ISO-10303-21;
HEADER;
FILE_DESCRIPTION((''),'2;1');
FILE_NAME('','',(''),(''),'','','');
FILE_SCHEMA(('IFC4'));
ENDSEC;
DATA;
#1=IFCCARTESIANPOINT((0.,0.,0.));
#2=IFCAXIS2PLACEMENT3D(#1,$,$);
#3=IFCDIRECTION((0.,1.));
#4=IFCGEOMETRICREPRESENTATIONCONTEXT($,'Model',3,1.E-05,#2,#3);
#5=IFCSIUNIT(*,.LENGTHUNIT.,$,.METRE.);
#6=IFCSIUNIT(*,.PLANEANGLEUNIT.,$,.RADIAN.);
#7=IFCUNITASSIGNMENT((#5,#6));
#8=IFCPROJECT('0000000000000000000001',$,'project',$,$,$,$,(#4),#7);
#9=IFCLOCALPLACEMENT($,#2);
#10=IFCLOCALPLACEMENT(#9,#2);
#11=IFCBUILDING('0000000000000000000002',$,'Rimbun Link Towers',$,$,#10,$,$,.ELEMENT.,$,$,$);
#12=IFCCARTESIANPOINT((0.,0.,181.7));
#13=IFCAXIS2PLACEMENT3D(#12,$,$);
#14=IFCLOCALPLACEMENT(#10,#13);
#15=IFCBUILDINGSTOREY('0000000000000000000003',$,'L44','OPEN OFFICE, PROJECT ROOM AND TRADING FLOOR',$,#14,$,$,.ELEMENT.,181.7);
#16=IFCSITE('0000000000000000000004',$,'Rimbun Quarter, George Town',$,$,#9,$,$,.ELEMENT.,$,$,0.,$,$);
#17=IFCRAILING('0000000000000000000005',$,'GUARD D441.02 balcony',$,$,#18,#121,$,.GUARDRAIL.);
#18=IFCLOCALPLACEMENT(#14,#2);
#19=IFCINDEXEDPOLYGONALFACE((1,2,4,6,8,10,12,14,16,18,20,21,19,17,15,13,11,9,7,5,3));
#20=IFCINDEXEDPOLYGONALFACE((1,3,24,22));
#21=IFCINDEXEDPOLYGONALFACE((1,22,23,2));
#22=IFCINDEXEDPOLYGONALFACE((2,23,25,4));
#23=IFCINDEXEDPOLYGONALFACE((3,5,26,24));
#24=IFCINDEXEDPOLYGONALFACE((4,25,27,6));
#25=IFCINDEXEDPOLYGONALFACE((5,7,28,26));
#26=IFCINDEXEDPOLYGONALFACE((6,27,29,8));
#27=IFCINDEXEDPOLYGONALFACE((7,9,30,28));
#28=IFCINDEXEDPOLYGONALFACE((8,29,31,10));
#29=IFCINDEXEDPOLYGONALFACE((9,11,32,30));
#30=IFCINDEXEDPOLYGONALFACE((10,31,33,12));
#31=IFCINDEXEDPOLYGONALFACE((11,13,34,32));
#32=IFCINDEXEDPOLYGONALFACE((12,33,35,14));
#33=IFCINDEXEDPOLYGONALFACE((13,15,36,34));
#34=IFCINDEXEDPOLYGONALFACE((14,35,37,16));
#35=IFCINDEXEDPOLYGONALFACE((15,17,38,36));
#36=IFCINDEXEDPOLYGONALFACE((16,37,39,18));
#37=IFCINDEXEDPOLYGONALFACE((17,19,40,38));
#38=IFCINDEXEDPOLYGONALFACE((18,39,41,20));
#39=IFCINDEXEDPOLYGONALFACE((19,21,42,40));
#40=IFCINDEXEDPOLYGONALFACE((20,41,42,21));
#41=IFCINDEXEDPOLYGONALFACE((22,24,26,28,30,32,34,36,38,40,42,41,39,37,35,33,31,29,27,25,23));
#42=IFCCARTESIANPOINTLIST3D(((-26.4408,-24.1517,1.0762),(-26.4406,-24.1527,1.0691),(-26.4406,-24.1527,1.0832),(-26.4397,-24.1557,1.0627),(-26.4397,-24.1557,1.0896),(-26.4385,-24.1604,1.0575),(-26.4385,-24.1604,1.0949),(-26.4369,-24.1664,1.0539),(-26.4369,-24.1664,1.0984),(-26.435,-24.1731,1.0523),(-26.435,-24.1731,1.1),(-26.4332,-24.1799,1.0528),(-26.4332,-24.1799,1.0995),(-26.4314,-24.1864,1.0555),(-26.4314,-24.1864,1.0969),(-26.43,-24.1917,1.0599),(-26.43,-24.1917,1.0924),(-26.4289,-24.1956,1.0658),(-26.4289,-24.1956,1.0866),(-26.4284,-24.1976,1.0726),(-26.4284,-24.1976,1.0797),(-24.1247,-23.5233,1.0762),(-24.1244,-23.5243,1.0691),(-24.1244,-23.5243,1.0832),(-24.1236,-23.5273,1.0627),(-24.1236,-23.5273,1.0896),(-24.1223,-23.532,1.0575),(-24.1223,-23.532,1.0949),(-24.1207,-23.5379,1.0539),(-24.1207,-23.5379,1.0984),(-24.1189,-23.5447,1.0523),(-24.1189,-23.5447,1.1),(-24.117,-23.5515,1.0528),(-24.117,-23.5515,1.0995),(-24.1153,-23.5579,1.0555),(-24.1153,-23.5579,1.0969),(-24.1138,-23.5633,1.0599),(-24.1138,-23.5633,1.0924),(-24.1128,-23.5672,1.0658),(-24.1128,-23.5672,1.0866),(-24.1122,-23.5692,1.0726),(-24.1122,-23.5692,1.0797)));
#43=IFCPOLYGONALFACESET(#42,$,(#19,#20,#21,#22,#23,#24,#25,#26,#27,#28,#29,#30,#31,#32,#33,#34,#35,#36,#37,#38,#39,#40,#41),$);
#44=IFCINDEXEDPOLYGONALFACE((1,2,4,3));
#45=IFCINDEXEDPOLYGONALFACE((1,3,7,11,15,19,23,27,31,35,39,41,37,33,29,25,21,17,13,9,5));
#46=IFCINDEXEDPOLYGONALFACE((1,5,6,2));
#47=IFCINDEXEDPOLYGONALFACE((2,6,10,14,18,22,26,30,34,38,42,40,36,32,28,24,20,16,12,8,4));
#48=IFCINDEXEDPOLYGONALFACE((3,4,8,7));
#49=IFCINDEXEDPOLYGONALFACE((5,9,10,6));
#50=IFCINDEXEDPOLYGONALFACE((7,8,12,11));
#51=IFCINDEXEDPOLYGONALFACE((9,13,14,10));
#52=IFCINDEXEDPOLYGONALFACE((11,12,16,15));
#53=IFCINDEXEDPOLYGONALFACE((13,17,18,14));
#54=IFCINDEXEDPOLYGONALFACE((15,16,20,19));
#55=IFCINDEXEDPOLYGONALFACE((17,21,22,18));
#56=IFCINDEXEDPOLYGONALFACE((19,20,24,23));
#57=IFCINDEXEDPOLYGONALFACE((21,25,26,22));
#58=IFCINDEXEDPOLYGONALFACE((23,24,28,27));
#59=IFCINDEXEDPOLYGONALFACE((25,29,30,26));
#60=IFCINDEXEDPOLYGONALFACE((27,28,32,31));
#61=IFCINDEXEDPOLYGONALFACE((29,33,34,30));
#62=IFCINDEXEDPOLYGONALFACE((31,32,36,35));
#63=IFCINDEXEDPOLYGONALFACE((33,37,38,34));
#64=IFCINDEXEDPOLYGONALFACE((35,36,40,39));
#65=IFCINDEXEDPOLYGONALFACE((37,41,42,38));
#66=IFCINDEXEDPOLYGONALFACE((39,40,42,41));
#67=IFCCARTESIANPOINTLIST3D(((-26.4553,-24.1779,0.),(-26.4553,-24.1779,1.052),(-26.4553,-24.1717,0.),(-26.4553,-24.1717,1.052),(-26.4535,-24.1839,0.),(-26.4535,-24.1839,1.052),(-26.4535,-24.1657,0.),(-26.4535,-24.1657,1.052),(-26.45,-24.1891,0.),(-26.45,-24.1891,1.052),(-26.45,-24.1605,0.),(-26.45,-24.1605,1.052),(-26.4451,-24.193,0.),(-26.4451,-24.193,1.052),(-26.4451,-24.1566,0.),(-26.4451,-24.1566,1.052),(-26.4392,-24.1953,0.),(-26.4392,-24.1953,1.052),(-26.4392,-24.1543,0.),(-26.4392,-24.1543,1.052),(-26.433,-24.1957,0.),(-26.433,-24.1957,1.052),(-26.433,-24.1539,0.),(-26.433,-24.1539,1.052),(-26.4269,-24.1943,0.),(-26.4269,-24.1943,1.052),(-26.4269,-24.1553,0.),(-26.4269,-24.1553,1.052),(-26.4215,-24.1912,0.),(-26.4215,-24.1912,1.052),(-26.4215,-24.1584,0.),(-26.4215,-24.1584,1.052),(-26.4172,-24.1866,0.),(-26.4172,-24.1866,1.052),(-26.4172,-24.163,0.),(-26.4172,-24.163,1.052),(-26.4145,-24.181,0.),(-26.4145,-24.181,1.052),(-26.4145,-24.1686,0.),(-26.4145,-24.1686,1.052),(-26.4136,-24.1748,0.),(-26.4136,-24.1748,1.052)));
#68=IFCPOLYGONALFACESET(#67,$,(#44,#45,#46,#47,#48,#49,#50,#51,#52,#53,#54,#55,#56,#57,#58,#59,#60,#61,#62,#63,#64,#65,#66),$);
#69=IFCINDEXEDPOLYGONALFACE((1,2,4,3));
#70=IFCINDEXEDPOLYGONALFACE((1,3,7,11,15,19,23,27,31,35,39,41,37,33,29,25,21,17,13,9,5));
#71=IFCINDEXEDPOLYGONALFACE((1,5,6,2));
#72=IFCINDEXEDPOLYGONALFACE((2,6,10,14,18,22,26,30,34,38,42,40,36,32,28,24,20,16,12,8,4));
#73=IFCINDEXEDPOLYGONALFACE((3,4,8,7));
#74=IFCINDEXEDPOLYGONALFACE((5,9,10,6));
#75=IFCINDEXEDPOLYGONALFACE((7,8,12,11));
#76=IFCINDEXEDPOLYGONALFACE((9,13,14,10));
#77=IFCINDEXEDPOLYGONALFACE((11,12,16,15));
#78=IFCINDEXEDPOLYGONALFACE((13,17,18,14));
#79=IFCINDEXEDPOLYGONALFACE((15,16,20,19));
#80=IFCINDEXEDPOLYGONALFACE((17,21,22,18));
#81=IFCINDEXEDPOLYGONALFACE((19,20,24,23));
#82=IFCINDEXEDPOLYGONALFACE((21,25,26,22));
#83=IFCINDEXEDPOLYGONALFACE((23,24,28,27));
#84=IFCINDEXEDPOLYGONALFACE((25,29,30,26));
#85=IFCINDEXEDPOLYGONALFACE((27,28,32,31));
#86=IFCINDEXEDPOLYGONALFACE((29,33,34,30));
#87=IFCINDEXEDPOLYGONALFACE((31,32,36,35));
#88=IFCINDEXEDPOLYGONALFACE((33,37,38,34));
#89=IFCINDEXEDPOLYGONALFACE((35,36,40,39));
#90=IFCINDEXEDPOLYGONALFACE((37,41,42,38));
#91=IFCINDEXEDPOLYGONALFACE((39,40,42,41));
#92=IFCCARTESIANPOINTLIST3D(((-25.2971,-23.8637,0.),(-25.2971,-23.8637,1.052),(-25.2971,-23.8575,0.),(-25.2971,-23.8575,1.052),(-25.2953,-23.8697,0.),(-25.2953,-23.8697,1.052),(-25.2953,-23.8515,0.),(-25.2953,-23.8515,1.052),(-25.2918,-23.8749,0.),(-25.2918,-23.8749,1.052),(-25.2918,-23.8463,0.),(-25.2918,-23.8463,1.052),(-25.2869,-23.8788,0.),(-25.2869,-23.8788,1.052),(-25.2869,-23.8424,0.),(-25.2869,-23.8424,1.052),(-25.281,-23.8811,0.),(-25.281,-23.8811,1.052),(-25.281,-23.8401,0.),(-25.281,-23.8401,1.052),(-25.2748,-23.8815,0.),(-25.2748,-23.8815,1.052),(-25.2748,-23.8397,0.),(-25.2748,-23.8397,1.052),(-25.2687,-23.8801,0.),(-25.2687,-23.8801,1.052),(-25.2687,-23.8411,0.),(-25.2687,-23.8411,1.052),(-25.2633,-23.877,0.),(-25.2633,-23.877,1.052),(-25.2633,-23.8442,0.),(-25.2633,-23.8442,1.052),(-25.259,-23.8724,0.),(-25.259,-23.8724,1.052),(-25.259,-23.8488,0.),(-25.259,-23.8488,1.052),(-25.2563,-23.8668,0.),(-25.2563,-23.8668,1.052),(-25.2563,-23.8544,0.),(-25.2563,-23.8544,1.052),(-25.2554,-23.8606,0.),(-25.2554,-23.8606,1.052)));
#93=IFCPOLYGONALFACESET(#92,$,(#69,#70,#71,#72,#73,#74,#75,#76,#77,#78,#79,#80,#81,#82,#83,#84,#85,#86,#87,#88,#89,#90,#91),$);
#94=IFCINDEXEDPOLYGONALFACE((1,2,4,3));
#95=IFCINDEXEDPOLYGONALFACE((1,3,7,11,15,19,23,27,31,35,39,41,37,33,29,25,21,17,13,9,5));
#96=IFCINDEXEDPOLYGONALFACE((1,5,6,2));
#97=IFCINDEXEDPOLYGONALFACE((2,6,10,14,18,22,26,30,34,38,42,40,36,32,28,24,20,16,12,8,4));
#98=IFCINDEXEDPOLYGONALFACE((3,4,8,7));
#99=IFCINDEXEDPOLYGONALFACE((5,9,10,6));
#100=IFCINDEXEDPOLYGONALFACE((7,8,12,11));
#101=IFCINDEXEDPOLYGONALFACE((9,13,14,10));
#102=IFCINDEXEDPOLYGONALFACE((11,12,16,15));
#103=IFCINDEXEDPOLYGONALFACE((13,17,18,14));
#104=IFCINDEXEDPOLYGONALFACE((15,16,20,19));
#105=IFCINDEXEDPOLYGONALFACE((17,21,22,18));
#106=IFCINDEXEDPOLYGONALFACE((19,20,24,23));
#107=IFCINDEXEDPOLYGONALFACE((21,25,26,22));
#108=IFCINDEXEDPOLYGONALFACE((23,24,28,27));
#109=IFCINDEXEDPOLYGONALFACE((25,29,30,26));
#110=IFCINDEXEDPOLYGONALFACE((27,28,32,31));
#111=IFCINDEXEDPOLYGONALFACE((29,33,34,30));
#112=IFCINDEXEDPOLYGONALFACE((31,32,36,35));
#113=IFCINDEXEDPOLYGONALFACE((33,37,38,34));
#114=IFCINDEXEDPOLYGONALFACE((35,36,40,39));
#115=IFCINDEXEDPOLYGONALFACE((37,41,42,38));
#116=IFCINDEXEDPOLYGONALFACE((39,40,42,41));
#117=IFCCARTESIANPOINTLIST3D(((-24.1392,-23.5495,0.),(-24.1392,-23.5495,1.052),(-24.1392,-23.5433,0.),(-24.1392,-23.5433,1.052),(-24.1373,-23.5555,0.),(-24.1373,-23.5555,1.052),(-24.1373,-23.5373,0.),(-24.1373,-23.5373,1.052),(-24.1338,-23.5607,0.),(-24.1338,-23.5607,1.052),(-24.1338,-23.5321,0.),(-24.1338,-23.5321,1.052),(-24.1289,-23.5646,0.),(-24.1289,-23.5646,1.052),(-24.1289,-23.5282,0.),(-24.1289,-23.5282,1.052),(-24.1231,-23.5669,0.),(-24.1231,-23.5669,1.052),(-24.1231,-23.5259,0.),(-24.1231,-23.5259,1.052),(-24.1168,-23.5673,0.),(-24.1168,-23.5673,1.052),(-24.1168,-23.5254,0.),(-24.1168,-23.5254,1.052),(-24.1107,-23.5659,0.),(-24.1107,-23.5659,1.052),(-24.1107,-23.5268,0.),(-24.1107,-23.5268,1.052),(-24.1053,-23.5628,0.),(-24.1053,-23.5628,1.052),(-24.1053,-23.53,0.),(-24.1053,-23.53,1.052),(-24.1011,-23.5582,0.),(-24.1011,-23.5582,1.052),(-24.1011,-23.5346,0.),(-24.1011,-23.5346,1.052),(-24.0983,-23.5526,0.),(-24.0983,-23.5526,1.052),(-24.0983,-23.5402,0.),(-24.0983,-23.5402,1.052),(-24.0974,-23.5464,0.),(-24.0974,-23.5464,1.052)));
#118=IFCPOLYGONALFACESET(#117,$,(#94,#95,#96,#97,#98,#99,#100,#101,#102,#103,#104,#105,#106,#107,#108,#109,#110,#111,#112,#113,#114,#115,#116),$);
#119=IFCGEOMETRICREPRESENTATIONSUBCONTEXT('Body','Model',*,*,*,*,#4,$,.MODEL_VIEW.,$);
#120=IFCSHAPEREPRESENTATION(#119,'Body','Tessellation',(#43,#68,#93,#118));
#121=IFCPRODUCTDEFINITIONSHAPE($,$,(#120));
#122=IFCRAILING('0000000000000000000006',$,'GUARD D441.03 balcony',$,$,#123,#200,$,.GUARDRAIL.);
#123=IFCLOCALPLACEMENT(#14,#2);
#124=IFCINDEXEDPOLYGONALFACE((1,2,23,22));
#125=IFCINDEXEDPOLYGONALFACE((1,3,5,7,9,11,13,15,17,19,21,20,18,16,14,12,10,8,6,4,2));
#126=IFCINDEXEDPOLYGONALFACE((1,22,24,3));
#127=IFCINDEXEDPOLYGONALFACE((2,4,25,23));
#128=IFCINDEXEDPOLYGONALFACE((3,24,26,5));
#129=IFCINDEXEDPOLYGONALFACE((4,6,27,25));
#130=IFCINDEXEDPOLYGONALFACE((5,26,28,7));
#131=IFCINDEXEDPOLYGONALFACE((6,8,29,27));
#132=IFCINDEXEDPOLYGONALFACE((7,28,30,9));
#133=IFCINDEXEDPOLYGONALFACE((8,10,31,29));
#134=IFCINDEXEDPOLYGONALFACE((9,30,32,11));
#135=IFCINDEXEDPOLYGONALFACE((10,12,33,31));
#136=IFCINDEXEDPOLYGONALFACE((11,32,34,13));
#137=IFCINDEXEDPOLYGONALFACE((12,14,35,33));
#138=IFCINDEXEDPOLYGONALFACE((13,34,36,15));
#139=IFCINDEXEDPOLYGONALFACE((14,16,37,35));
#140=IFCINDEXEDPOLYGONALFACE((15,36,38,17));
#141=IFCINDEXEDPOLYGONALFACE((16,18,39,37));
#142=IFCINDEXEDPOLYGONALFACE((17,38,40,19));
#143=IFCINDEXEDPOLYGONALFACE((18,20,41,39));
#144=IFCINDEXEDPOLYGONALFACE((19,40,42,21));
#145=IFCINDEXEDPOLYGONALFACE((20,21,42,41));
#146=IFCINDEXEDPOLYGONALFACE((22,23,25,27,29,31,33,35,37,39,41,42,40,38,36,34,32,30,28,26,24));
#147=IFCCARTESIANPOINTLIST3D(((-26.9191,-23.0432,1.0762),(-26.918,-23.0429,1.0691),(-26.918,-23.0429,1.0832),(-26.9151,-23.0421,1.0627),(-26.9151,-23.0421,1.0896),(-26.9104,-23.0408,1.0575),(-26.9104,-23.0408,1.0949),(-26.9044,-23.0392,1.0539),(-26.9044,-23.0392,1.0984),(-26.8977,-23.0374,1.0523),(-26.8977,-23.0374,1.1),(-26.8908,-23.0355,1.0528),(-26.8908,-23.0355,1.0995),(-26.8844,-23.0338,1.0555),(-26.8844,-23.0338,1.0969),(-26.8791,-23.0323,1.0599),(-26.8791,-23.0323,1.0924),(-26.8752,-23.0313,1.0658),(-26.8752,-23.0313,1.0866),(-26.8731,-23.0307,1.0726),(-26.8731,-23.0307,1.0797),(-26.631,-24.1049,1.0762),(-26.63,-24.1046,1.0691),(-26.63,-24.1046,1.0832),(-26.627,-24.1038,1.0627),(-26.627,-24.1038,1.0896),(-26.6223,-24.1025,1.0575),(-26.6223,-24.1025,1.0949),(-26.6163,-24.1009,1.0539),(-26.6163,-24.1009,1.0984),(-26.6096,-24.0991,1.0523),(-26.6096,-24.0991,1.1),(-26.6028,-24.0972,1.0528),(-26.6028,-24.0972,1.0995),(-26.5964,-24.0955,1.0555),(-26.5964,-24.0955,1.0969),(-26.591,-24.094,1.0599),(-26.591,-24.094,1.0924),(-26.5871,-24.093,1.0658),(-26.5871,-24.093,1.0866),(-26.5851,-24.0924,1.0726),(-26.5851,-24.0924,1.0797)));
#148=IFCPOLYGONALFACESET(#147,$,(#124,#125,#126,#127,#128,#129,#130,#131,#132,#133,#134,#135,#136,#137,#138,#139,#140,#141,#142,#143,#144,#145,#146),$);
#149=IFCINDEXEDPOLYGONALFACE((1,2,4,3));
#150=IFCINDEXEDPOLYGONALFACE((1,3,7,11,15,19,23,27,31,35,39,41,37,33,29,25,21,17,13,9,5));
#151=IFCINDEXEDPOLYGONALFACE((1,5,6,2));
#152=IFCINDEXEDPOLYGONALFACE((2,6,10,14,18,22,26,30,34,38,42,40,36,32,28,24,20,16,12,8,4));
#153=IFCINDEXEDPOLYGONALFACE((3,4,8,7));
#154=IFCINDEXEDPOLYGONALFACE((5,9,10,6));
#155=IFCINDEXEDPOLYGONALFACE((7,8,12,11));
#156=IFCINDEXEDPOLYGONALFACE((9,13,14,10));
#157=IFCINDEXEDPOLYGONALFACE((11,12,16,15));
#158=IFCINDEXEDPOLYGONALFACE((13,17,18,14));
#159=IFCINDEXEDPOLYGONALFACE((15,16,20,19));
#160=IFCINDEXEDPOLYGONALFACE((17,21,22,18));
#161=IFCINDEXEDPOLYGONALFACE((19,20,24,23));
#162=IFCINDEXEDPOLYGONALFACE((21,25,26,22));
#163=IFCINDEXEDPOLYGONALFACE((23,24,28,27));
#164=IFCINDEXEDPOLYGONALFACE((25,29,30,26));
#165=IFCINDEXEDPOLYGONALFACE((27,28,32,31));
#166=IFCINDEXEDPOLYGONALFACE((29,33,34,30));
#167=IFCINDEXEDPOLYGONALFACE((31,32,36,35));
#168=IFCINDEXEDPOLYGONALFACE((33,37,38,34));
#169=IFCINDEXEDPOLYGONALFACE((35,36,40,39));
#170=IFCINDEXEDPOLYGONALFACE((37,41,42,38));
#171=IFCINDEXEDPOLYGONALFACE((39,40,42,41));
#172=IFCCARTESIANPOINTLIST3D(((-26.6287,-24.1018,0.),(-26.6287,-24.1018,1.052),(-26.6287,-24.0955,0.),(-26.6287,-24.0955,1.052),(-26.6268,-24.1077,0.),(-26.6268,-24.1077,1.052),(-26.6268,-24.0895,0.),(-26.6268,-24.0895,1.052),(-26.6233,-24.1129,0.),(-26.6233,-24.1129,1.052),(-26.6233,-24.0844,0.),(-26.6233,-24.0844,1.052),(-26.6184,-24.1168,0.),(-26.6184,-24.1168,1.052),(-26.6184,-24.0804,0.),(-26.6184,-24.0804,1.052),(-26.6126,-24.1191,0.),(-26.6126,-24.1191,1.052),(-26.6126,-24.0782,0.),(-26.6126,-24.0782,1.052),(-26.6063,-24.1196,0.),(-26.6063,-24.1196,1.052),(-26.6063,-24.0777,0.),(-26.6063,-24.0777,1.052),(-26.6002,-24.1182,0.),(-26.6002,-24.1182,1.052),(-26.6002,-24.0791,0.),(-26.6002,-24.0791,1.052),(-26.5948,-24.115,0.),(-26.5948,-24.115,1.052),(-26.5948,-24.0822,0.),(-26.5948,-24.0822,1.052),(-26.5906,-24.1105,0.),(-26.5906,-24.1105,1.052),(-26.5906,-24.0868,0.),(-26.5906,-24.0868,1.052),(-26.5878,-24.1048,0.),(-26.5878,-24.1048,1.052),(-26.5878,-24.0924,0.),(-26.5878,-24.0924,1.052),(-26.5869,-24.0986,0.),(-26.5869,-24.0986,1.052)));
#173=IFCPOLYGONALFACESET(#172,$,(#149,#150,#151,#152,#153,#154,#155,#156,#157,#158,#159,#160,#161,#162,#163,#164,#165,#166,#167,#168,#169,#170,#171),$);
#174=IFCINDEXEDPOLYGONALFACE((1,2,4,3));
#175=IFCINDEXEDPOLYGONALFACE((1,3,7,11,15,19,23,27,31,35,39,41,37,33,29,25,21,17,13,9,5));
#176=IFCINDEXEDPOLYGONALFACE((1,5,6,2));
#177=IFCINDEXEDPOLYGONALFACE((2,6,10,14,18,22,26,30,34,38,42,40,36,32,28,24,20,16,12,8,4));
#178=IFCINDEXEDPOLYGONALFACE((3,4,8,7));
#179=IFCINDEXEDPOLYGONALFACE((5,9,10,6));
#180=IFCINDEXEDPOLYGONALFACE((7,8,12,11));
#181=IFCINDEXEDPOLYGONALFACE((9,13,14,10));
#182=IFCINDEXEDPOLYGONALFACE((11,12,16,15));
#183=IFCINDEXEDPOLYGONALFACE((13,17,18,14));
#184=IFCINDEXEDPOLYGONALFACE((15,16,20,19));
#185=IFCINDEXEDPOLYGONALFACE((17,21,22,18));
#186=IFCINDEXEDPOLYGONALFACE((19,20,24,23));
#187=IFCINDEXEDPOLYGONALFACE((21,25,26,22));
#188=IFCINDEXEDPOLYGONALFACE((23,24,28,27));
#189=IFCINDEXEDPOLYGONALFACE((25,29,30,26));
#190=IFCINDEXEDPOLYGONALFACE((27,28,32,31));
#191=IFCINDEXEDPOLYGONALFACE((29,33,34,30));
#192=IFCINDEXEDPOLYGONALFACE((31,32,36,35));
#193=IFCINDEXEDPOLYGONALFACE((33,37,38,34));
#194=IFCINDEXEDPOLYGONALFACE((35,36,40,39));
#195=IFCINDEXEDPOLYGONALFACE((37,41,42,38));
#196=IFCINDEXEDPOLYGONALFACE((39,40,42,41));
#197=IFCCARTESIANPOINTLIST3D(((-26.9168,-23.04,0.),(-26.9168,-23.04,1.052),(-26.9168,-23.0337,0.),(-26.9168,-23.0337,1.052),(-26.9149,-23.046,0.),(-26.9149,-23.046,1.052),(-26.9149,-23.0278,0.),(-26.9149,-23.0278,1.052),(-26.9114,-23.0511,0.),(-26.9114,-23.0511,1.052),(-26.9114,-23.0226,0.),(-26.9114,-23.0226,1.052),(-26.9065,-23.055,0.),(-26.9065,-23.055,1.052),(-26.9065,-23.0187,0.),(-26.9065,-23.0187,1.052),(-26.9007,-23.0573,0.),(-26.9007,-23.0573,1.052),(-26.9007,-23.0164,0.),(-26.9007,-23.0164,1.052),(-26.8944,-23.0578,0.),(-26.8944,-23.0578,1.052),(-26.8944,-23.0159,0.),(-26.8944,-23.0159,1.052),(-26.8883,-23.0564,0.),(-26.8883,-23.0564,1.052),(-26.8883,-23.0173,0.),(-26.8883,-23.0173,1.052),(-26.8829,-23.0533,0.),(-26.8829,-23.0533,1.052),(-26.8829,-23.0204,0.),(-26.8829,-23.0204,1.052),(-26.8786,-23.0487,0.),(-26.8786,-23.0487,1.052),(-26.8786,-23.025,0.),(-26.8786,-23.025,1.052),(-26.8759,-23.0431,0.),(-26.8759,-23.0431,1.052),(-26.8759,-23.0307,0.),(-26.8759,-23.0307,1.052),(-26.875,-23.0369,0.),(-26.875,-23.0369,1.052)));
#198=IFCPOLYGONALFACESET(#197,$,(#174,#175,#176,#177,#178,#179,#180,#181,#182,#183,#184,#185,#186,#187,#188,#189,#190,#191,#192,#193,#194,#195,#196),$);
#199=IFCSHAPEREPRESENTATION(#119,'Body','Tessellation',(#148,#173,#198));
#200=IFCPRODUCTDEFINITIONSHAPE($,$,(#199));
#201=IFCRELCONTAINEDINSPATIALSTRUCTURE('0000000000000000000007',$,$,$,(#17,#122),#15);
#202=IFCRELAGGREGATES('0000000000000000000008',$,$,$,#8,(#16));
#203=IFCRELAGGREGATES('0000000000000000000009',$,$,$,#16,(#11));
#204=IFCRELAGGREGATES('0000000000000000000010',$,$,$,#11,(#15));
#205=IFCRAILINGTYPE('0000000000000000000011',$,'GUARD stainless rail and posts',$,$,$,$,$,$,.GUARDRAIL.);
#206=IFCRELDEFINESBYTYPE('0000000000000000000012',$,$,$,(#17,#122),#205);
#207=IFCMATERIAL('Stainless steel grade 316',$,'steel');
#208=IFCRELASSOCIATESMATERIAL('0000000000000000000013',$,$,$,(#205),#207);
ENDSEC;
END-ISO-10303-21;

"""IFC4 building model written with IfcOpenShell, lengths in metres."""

from ifc_helpers import new_model, si_unit, direction, frame, origin, origin_2d, place, context, subcontext, project, spatial, circle, extrude, material, type_object, element, save


model = new_model("IFC4")

# Units and contexts
model_context = context("Model", 3, precision=1e-05, world=origin(), true_north=direction((0.0, 1.0)))
body_context = subcontext(model_context, "Body", "Model", "MODEL_VIEW")
ifc_project = project(units=[si_unit("LENGTHUNIT", "METRE"), si_unit("PLANEANGLEUNIT", "RADIAN")], contexts=[model_context])

# Site, building, storey
site_placement = place(None, origin())
site = spatial("IfcSite", under=ifc_project, at=site_placement, Name="Rimbun Quarter, George Town", CompositionType="ELEMENT", RefElevation=0.0)
building_placement = place(site_placement, origin())
building = spatial("IfcBuilding", under=site, at=building_placement, Name="Rimbun Link Towers", CompositionType="ELEMENT")
storey_placement = place(building_placement, frame((0.0, 0.0, 181.7)))
storey = spatial("IfcBuildingStorey", under=building, at=storey_placement, Name="L44", Description="OPEN OFFICE, PROJECT ROOM AND TRADING FLOOR", CompositionType="ELEMENT", Elevation=181.7)

# Railings
ifc_material_1 = material(Name="Stainless steel grade 316", Category="steel")
railing_type = type_object("IfcRailingType", Name="GUARD stainless rail and posts", PredefinedType="GUARDRAIL", material=ifc_material_1)
railing_1_placement = place(storey_placement, frame((-26.4346, -24.1748, 0.0)))
element("IfcRailing", 1, at=railing_1_placement, inside=storey, type_object=railing_type, Name="GUARD D441.02 balcony", PredefinedType="GUARDRAIL", context=body_context, shape_type="SweptSolid", body=[
    extrude(circle(Radius=0.0239, at=origin_2d()), frame((0.0, 0.0, 1.0762), z_axis=(0.965108, 0.261852, 0.0), x_axis=(-0.261852, 0.965108, 0.0)), (0.0, 0.0, 1.0), 2.3999),
    extrude(circle(Radius=0.021, at=origin_2d()), origin(), (0.0, 0.0, 1.0), 1.052),
    extrude(circle(Radius=0.021, at=origin_2d()), frame((1.1582, 0.3142, 0.0)), (0.0, 0.0, 1.0), 1.052),
    extrude(circle(Radius=0.021, at=origin_2d()), frame((2.3162, 0.6284, 0.0)), (0.0, 0.0, 1.0), 1.052),
])
railing_2_placement = place(storey_placement, frame((-26.6079, -24.0986, 0.0)))
element("IfcRailing", 2, at=railing_2_placement, inside=storey, type_object=railing_type, Name="GUARD D441.03 balcony", PredefinedType="GUARDRAIL", context=body_context, shape_type="SweptSolid", body=[
    extrude(circle(Radius=0.0239, at=origin_2d()), frame((0.0, 0.0, 1.0762), z_axis=(-0.261859, 0.965106, 0.0), x_axis=(-0.965106, -0.261859, 0.0)), (0.0, 0.0, 1.0), 1.1001),
    extrude(circle(Radius=0.021, at=origin_2d()), origin(), (0.0, 0.0, 1.0), 1.052),
    extrude(circle(Radius=0.021, at=origin_2d()), frame((-0.2881, 1.0618, 0.0)), (0.0, 0.0, 1.0), 1.052),
])

save(model, "model.ifc")
